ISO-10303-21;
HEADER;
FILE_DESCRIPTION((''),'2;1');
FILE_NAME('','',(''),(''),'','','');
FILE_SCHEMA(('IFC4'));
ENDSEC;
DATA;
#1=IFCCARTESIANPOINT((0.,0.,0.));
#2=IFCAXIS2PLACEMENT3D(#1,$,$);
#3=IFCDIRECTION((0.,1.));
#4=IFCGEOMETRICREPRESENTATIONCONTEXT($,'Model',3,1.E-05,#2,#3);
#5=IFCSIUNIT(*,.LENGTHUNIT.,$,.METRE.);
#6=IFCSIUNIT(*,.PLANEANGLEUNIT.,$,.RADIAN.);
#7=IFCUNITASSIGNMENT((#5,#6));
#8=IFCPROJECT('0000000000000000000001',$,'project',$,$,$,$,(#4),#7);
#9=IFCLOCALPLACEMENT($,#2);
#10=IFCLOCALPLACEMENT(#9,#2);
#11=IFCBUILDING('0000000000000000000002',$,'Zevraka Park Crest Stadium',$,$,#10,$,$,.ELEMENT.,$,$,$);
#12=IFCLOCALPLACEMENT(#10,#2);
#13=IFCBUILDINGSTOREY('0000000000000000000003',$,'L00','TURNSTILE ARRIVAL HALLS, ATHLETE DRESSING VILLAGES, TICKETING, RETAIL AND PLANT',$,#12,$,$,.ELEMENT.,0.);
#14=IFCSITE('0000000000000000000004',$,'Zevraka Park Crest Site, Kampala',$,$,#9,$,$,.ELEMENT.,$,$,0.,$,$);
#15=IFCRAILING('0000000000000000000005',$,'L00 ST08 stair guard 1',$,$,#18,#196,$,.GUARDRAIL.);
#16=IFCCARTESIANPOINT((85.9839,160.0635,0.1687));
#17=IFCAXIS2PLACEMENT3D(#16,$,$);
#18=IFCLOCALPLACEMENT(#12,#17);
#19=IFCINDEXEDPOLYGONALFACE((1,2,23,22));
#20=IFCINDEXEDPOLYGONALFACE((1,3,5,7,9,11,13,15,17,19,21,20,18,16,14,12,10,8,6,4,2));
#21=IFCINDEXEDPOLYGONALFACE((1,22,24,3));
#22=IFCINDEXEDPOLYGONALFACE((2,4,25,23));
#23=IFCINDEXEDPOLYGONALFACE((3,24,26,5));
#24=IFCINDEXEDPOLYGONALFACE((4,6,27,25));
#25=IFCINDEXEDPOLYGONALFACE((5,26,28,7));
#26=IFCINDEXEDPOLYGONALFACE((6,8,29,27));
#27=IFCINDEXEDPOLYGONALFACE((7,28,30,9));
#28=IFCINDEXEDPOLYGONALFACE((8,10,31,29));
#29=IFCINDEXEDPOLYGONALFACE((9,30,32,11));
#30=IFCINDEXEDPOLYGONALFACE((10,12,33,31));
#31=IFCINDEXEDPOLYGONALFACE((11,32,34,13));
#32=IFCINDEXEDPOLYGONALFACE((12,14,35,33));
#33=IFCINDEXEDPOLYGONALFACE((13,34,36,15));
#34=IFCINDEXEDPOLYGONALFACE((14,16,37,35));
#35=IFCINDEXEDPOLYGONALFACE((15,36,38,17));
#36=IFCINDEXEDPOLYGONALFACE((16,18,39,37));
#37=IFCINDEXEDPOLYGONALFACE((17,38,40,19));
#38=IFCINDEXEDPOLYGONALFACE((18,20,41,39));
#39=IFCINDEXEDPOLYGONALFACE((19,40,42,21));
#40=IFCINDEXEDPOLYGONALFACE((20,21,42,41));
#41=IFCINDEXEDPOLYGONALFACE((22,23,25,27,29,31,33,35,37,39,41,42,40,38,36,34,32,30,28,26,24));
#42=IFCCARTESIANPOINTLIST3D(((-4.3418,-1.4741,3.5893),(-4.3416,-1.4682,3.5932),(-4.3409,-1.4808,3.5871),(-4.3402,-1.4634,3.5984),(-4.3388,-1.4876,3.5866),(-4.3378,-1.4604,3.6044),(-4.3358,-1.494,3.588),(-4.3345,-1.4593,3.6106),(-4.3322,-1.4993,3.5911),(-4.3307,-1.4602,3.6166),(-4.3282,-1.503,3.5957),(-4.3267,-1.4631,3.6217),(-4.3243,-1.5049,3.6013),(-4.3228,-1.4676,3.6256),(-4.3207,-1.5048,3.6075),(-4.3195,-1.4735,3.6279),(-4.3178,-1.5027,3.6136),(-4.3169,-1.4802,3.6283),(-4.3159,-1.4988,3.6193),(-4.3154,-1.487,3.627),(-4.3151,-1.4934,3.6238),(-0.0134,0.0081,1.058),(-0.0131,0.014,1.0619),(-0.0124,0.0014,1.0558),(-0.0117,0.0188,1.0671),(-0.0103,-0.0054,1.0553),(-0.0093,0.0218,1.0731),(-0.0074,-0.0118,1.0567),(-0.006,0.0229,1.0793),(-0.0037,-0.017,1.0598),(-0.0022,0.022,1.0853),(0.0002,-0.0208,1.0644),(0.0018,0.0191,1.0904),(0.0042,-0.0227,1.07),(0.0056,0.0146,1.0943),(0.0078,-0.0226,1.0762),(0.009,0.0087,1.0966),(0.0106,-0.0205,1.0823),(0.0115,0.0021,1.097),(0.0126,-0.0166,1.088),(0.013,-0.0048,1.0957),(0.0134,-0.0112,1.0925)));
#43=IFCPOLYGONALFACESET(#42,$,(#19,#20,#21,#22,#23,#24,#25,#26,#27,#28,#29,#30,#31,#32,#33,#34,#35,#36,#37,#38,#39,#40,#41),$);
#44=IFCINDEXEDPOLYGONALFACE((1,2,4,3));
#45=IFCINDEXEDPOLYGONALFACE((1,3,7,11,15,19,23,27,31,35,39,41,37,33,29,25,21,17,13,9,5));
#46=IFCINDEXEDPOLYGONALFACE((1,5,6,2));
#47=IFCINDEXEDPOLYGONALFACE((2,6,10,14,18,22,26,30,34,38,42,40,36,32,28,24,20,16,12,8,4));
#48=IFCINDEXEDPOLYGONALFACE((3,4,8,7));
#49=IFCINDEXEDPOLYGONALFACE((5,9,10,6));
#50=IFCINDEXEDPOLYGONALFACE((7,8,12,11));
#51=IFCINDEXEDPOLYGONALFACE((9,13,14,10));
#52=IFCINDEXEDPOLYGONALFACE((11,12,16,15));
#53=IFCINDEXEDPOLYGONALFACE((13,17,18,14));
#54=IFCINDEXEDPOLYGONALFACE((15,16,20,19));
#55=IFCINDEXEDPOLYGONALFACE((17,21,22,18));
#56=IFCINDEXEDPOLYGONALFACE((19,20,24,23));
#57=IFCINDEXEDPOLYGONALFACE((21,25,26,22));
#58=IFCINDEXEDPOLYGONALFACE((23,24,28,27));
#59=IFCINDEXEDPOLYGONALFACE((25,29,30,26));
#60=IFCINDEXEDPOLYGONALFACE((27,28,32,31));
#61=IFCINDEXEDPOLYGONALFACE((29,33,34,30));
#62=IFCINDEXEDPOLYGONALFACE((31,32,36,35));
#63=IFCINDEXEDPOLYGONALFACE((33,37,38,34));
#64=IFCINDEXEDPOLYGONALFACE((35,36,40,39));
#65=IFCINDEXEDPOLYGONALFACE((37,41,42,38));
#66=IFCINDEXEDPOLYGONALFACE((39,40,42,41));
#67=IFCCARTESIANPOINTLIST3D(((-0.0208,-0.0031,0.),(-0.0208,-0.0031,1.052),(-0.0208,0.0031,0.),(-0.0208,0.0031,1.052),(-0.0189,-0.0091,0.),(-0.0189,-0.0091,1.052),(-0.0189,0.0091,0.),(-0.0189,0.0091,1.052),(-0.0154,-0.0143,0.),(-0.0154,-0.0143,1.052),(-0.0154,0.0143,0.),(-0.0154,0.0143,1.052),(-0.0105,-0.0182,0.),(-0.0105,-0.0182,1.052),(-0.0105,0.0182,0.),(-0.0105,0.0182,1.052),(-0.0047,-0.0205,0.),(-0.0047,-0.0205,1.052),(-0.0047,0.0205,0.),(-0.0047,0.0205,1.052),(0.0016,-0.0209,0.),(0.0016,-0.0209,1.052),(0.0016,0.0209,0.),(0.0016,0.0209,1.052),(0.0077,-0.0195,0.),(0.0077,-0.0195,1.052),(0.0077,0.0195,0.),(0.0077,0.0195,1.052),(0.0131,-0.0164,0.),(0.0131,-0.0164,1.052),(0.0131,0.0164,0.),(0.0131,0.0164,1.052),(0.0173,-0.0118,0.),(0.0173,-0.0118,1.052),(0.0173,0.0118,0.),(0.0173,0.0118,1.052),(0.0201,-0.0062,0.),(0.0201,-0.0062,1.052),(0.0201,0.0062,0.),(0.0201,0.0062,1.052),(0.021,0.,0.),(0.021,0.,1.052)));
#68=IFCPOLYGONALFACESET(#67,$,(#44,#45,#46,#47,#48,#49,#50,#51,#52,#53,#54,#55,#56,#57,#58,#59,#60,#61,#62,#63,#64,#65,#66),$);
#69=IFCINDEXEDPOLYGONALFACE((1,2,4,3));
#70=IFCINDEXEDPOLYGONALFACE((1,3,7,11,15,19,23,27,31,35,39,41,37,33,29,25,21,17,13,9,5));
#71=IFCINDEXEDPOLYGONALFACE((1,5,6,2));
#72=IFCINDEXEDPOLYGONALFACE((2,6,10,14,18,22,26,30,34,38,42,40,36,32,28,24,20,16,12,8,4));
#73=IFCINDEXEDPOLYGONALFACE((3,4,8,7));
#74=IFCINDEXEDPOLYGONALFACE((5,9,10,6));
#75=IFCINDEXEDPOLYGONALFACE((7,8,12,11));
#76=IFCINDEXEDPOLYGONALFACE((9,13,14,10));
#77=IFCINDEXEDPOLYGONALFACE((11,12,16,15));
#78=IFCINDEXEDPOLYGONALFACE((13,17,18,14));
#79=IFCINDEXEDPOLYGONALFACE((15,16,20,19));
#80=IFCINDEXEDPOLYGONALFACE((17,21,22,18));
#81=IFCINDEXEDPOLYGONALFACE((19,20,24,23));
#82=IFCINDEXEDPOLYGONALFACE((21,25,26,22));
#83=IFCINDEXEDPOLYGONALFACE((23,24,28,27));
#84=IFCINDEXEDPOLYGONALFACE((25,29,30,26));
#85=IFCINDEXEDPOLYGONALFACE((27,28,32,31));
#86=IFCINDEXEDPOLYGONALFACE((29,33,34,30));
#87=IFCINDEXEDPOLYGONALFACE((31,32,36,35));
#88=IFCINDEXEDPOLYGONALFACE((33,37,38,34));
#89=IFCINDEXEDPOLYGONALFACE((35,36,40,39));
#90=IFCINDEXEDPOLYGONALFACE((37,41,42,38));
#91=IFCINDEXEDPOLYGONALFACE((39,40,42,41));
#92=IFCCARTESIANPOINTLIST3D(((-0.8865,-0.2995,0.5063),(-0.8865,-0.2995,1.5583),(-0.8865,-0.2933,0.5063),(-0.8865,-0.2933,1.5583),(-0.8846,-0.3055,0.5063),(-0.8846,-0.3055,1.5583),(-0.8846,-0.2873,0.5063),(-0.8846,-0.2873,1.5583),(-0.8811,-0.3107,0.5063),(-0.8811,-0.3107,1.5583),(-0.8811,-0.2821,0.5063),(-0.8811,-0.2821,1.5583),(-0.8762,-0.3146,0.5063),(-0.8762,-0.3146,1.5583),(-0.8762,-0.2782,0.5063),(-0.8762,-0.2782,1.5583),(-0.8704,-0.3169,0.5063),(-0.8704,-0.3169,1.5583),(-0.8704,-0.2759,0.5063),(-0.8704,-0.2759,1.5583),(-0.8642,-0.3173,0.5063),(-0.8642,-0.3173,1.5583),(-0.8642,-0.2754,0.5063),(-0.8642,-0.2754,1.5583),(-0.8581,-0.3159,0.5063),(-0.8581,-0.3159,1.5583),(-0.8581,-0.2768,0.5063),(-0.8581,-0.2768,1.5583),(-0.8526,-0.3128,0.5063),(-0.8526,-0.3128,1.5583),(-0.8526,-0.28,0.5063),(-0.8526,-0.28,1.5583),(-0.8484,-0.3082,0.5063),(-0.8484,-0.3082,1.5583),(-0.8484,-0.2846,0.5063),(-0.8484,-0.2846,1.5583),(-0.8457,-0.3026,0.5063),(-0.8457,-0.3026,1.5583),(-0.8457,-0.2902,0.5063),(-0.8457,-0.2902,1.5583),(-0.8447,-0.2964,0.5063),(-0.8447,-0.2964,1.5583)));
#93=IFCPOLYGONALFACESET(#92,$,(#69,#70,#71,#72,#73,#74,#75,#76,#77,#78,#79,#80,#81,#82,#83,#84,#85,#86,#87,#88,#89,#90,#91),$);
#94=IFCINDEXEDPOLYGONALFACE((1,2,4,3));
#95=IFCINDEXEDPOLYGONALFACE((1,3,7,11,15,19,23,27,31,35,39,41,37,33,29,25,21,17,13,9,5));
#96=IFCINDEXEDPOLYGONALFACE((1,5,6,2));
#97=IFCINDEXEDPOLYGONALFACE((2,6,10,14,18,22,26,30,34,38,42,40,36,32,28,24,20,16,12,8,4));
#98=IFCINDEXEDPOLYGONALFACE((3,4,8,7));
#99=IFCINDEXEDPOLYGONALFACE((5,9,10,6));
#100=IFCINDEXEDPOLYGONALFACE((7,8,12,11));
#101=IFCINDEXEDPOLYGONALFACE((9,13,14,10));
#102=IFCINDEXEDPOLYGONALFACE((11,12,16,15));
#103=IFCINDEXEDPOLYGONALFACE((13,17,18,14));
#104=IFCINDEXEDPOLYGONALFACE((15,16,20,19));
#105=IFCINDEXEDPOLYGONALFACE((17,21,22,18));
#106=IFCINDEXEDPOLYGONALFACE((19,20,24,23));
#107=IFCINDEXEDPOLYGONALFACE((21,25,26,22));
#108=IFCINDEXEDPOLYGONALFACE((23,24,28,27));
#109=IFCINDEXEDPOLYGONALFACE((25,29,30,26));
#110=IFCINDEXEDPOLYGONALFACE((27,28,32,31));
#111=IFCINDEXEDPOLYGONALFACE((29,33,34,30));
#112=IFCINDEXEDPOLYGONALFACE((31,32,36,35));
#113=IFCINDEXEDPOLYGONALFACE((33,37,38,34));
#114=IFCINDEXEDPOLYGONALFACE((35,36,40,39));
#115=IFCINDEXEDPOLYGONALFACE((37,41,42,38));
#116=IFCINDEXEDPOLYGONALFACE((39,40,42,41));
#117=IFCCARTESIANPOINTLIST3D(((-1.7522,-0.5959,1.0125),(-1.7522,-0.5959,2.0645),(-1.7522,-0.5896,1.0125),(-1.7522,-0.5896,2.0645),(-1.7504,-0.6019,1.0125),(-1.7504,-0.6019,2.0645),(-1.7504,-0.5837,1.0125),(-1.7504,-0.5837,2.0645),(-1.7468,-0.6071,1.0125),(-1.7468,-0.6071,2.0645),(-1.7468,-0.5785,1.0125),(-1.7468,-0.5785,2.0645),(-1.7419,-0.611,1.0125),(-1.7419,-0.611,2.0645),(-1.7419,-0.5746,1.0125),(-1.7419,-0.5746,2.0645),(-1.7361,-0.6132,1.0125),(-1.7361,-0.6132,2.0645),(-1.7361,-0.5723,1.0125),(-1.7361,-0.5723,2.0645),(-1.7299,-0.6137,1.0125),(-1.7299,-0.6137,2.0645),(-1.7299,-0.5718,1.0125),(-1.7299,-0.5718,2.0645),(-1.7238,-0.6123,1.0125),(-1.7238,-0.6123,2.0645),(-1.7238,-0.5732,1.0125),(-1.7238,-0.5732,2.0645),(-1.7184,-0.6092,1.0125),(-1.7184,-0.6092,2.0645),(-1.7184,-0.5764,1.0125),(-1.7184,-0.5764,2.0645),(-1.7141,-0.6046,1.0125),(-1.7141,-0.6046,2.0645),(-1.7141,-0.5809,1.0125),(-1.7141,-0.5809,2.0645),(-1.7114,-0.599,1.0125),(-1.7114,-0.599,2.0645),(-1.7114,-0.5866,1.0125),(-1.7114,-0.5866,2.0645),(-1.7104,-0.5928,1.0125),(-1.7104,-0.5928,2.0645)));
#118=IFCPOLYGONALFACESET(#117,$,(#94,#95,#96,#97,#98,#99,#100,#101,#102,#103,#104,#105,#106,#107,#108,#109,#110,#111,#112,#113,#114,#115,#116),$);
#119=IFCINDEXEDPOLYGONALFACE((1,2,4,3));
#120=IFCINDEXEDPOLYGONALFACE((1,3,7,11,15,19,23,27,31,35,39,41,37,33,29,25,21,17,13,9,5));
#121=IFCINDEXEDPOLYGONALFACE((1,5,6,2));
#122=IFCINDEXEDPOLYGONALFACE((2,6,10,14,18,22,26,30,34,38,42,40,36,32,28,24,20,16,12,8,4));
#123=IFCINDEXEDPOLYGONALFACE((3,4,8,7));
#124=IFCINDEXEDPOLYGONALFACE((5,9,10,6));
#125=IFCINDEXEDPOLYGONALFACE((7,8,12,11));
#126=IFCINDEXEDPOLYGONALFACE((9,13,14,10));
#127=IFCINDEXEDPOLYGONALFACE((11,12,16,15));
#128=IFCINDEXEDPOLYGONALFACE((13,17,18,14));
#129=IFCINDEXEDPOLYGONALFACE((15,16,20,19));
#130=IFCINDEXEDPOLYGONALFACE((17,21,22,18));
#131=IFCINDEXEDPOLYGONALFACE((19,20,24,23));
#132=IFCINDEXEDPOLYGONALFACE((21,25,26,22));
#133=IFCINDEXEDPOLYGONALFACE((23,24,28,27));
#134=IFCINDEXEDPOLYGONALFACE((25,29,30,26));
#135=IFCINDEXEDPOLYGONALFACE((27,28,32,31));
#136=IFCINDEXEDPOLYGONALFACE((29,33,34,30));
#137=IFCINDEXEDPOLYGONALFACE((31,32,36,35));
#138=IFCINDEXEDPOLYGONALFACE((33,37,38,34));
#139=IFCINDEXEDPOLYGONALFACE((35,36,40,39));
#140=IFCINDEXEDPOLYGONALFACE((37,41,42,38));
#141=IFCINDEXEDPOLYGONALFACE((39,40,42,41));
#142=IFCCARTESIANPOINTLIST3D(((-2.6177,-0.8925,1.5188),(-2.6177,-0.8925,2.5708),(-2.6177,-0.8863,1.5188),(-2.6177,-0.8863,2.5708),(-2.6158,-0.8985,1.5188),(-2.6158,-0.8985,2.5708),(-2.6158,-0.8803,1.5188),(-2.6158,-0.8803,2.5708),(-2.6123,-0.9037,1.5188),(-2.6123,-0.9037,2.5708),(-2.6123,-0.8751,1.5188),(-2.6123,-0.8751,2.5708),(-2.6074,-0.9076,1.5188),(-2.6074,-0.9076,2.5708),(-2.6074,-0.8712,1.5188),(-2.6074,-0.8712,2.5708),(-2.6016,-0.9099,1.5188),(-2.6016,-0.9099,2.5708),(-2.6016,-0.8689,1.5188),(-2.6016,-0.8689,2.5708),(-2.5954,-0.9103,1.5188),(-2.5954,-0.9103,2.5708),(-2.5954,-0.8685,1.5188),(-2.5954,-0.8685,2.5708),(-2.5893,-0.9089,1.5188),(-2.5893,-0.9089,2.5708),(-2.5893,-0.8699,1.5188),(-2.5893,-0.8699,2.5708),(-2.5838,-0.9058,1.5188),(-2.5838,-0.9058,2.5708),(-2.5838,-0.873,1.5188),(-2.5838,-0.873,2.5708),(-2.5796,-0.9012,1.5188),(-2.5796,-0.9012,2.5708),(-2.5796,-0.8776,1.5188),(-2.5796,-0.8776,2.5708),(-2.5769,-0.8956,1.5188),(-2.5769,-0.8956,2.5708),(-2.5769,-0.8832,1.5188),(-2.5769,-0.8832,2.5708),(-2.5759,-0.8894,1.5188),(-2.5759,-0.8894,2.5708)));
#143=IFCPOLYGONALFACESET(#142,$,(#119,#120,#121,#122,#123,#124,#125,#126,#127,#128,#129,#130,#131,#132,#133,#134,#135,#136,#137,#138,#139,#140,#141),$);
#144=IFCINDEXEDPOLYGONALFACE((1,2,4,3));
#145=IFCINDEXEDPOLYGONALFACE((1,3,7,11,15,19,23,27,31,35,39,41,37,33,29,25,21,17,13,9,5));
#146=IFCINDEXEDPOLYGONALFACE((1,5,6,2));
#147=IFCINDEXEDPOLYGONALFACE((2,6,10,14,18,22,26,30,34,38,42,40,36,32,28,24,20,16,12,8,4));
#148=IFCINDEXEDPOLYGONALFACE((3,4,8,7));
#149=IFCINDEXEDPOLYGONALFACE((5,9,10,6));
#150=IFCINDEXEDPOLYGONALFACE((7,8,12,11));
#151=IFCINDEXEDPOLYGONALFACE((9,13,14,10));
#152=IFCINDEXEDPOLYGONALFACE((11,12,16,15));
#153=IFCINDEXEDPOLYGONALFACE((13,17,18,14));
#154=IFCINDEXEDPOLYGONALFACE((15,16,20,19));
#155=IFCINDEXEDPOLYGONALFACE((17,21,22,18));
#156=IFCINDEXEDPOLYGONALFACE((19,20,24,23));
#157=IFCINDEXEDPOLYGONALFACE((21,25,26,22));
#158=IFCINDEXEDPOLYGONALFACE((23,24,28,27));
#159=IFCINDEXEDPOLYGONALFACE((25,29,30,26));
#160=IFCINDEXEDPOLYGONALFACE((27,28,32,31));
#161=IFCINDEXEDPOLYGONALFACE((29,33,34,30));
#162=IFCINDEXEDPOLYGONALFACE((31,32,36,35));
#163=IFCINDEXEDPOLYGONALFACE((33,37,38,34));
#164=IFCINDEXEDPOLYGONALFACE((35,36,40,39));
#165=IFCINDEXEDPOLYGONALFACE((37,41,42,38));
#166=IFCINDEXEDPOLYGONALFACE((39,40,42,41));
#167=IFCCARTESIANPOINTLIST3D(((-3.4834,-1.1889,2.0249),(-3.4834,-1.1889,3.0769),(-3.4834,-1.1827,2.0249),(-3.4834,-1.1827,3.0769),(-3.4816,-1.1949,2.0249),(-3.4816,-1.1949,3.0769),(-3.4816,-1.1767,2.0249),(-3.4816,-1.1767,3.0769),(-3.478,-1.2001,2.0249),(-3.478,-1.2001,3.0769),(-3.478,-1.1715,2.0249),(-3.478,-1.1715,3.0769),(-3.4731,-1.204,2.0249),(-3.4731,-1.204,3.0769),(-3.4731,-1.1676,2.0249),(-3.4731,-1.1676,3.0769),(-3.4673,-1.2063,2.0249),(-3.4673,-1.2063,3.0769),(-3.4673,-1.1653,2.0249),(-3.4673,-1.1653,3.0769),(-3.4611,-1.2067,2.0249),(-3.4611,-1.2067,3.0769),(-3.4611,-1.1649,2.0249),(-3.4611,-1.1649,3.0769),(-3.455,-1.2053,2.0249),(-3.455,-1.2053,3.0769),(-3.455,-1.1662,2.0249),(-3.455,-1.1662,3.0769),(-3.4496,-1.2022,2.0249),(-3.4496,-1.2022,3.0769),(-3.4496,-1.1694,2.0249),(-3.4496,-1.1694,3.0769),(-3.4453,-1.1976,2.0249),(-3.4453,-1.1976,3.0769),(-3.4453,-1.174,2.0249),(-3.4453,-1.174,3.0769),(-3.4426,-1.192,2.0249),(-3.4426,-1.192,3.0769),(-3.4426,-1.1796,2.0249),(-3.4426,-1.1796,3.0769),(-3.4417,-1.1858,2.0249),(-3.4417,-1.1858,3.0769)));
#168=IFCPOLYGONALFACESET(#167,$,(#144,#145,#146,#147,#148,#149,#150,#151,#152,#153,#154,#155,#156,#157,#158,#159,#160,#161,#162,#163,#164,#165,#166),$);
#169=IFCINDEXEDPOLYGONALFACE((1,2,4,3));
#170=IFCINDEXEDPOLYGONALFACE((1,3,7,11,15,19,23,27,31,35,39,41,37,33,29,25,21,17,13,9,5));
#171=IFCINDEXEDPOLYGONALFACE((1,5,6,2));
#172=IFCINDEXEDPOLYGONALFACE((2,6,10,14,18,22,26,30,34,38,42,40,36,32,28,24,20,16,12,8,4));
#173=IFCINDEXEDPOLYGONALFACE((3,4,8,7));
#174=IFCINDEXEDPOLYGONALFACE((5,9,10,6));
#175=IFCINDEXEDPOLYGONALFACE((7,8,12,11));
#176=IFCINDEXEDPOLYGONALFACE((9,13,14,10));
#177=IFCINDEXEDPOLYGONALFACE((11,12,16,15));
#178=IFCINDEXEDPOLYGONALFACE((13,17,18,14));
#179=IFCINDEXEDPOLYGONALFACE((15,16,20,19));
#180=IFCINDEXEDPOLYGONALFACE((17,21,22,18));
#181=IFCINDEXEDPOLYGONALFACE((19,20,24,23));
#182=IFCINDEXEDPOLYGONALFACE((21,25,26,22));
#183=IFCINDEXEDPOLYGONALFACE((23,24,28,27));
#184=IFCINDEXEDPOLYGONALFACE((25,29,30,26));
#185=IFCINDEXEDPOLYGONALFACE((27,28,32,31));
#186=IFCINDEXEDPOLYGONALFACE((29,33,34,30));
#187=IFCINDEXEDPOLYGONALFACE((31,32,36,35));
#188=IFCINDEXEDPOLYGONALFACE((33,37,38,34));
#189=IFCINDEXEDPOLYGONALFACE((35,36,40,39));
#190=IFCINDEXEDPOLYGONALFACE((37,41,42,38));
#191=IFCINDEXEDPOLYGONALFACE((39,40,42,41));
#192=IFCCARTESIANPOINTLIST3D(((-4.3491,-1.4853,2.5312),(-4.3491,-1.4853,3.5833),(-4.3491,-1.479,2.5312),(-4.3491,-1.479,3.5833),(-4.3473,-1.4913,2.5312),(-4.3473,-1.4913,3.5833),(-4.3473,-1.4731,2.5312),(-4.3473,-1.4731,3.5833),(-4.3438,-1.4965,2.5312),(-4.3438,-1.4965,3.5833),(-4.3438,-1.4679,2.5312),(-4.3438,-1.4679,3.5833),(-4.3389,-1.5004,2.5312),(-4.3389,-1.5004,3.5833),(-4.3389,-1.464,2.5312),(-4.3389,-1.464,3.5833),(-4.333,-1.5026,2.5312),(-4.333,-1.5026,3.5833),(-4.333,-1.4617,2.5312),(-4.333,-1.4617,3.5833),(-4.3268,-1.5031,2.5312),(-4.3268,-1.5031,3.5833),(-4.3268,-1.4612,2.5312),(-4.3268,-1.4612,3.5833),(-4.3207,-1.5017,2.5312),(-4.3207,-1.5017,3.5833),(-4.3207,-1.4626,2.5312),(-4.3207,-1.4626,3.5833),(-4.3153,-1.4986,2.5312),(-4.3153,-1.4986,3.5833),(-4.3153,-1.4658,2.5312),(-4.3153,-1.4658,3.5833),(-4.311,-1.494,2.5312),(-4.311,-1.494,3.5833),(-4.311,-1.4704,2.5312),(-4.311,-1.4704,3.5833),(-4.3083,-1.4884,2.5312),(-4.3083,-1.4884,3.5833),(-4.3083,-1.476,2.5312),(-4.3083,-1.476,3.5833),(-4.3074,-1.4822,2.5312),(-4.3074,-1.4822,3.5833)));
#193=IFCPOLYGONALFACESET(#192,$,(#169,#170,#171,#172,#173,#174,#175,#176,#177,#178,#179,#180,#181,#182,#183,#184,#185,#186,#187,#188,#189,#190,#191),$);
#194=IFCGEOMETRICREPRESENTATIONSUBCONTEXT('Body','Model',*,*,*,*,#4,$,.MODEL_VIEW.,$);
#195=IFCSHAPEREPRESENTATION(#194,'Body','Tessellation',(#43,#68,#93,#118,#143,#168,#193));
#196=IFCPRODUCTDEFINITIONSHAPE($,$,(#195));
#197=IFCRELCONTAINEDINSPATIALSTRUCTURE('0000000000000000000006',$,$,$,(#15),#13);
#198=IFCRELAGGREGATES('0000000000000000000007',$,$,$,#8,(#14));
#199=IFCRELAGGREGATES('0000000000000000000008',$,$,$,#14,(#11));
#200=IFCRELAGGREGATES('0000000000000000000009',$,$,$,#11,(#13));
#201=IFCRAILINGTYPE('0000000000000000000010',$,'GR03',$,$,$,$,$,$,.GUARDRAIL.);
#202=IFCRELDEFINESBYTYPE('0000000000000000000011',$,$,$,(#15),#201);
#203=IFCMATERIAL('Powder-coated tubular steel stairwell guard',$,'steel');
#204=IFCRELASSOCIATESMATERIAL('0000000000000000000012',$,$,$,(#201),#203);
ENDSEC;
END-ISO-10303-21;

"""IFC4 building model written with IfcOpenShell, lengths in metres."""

from ifc_helpers import new_model, si_unit, direction, frame, origin, origin_2d, place, context, subcontext, project, spatial, circle, extrude, material, type_object, element, save


model = new_model("IFC4")

# Units and contexts
model_context = context("Model", 3, precision=1e-05, world=origin(), true_north=direction((0.0, 1.0)))
body_context = subcontext(model_context, "Body", "Model", "MODEL_VIEW")
ifc_project = project(units=[si_unit("LENGTHUNIT", "METRE"), si_unit("PLANEANGLEUNIT", "RADIAN")], contexts=[model_context])

# Site, building, storey
site_placement = place(None, origin())
site = spatial("IfcSite", under=ifc_project, at=site_placement, Name="Zevraka Park Crest Site, Kampala", CompositionType="ELEMENT", RefElevation=0.0)
building_placement = place(site_placement, origin())
building = spatial("IfcBuilding", under=site, at=building_placement, Name="Zevraka Park Crest Stadium", CompositionType="ELEMENT")
storey_placement = place(building_placement, origin())
storey = spatial("IfcBuildingStorey", under=building, at=storey_placement, Name="L00", Description="TURNSTILE ARRIVAL HALLS, ATHLETE DRESSING VILLAGES, TICKETING, RETAIL AND PLANT", CompositionType="ELEMENT", Elevation=0.0)

# Railing
ifc_material_1 = material(Name="Powder-coated tubular steel stairwell guard", Category="steel")
railing_type_1 = type_object("IfcRailingType", Name="GR03", PredefinedType="GUARDRAIL", material=ifc_material_1)
railing_1_placement = place(storey_placement, frame((85.9839, 160.0635, 0.1687)))
element("IfcRailing", 1, at=railing_1_placement, inside=storey, type_object=railing_type_1, Name="L00 ST08 stair guard 1", PredefinedType="GUARDRAIL", context=body_context, shape_type="SweptSolid", body=[
    extrude(circle(Radius=0.0239, at=origin_2d()), frame((0.0, 0.0, 1.0762), z_axis=(-0.827817, -0.283472, 0.484111), x_axis=(0.323965, -0.946069, 0.0)), (0.0, 0.0, 1.0), 5.2288),
    extrude(circle(Radius=0.021, at=origin_2d()), origin(), (0.0, 0.0, 1.0), 1.052),
    extrude(circle(Radius=0.021, at=origin_2d()), frame((-0.8657, -0.2964, 0.5063)), (0.0, 0.0, 1.0), 1.052),
    extrude(circle(Radius=0.021, at=origin_2d()), frame((-1.7314, -0.5928, 1.0125)), (0.0, 0.0, 1.0), 1.052),
    extrude(circle(Radius=0.021, at=origin_2d()), frame((-2.5969, -0.8894, 1.5188)), (0.0, 0.0, 1.0), 1.052),
    extrude(circle(Radius=0.021, at=origin_2d()), frame((-3.4626, -1.1858, 2.0249)), (0.0, 0.0, 1.0), 1.052),
    extrude(circle(Radius=0.021, at=origin_2d()), frame((-4.3284, -1.4822, 2.5312)), (0.0, 0.0, 1.0), 1.052),
])

save(model, "model.ifc")
